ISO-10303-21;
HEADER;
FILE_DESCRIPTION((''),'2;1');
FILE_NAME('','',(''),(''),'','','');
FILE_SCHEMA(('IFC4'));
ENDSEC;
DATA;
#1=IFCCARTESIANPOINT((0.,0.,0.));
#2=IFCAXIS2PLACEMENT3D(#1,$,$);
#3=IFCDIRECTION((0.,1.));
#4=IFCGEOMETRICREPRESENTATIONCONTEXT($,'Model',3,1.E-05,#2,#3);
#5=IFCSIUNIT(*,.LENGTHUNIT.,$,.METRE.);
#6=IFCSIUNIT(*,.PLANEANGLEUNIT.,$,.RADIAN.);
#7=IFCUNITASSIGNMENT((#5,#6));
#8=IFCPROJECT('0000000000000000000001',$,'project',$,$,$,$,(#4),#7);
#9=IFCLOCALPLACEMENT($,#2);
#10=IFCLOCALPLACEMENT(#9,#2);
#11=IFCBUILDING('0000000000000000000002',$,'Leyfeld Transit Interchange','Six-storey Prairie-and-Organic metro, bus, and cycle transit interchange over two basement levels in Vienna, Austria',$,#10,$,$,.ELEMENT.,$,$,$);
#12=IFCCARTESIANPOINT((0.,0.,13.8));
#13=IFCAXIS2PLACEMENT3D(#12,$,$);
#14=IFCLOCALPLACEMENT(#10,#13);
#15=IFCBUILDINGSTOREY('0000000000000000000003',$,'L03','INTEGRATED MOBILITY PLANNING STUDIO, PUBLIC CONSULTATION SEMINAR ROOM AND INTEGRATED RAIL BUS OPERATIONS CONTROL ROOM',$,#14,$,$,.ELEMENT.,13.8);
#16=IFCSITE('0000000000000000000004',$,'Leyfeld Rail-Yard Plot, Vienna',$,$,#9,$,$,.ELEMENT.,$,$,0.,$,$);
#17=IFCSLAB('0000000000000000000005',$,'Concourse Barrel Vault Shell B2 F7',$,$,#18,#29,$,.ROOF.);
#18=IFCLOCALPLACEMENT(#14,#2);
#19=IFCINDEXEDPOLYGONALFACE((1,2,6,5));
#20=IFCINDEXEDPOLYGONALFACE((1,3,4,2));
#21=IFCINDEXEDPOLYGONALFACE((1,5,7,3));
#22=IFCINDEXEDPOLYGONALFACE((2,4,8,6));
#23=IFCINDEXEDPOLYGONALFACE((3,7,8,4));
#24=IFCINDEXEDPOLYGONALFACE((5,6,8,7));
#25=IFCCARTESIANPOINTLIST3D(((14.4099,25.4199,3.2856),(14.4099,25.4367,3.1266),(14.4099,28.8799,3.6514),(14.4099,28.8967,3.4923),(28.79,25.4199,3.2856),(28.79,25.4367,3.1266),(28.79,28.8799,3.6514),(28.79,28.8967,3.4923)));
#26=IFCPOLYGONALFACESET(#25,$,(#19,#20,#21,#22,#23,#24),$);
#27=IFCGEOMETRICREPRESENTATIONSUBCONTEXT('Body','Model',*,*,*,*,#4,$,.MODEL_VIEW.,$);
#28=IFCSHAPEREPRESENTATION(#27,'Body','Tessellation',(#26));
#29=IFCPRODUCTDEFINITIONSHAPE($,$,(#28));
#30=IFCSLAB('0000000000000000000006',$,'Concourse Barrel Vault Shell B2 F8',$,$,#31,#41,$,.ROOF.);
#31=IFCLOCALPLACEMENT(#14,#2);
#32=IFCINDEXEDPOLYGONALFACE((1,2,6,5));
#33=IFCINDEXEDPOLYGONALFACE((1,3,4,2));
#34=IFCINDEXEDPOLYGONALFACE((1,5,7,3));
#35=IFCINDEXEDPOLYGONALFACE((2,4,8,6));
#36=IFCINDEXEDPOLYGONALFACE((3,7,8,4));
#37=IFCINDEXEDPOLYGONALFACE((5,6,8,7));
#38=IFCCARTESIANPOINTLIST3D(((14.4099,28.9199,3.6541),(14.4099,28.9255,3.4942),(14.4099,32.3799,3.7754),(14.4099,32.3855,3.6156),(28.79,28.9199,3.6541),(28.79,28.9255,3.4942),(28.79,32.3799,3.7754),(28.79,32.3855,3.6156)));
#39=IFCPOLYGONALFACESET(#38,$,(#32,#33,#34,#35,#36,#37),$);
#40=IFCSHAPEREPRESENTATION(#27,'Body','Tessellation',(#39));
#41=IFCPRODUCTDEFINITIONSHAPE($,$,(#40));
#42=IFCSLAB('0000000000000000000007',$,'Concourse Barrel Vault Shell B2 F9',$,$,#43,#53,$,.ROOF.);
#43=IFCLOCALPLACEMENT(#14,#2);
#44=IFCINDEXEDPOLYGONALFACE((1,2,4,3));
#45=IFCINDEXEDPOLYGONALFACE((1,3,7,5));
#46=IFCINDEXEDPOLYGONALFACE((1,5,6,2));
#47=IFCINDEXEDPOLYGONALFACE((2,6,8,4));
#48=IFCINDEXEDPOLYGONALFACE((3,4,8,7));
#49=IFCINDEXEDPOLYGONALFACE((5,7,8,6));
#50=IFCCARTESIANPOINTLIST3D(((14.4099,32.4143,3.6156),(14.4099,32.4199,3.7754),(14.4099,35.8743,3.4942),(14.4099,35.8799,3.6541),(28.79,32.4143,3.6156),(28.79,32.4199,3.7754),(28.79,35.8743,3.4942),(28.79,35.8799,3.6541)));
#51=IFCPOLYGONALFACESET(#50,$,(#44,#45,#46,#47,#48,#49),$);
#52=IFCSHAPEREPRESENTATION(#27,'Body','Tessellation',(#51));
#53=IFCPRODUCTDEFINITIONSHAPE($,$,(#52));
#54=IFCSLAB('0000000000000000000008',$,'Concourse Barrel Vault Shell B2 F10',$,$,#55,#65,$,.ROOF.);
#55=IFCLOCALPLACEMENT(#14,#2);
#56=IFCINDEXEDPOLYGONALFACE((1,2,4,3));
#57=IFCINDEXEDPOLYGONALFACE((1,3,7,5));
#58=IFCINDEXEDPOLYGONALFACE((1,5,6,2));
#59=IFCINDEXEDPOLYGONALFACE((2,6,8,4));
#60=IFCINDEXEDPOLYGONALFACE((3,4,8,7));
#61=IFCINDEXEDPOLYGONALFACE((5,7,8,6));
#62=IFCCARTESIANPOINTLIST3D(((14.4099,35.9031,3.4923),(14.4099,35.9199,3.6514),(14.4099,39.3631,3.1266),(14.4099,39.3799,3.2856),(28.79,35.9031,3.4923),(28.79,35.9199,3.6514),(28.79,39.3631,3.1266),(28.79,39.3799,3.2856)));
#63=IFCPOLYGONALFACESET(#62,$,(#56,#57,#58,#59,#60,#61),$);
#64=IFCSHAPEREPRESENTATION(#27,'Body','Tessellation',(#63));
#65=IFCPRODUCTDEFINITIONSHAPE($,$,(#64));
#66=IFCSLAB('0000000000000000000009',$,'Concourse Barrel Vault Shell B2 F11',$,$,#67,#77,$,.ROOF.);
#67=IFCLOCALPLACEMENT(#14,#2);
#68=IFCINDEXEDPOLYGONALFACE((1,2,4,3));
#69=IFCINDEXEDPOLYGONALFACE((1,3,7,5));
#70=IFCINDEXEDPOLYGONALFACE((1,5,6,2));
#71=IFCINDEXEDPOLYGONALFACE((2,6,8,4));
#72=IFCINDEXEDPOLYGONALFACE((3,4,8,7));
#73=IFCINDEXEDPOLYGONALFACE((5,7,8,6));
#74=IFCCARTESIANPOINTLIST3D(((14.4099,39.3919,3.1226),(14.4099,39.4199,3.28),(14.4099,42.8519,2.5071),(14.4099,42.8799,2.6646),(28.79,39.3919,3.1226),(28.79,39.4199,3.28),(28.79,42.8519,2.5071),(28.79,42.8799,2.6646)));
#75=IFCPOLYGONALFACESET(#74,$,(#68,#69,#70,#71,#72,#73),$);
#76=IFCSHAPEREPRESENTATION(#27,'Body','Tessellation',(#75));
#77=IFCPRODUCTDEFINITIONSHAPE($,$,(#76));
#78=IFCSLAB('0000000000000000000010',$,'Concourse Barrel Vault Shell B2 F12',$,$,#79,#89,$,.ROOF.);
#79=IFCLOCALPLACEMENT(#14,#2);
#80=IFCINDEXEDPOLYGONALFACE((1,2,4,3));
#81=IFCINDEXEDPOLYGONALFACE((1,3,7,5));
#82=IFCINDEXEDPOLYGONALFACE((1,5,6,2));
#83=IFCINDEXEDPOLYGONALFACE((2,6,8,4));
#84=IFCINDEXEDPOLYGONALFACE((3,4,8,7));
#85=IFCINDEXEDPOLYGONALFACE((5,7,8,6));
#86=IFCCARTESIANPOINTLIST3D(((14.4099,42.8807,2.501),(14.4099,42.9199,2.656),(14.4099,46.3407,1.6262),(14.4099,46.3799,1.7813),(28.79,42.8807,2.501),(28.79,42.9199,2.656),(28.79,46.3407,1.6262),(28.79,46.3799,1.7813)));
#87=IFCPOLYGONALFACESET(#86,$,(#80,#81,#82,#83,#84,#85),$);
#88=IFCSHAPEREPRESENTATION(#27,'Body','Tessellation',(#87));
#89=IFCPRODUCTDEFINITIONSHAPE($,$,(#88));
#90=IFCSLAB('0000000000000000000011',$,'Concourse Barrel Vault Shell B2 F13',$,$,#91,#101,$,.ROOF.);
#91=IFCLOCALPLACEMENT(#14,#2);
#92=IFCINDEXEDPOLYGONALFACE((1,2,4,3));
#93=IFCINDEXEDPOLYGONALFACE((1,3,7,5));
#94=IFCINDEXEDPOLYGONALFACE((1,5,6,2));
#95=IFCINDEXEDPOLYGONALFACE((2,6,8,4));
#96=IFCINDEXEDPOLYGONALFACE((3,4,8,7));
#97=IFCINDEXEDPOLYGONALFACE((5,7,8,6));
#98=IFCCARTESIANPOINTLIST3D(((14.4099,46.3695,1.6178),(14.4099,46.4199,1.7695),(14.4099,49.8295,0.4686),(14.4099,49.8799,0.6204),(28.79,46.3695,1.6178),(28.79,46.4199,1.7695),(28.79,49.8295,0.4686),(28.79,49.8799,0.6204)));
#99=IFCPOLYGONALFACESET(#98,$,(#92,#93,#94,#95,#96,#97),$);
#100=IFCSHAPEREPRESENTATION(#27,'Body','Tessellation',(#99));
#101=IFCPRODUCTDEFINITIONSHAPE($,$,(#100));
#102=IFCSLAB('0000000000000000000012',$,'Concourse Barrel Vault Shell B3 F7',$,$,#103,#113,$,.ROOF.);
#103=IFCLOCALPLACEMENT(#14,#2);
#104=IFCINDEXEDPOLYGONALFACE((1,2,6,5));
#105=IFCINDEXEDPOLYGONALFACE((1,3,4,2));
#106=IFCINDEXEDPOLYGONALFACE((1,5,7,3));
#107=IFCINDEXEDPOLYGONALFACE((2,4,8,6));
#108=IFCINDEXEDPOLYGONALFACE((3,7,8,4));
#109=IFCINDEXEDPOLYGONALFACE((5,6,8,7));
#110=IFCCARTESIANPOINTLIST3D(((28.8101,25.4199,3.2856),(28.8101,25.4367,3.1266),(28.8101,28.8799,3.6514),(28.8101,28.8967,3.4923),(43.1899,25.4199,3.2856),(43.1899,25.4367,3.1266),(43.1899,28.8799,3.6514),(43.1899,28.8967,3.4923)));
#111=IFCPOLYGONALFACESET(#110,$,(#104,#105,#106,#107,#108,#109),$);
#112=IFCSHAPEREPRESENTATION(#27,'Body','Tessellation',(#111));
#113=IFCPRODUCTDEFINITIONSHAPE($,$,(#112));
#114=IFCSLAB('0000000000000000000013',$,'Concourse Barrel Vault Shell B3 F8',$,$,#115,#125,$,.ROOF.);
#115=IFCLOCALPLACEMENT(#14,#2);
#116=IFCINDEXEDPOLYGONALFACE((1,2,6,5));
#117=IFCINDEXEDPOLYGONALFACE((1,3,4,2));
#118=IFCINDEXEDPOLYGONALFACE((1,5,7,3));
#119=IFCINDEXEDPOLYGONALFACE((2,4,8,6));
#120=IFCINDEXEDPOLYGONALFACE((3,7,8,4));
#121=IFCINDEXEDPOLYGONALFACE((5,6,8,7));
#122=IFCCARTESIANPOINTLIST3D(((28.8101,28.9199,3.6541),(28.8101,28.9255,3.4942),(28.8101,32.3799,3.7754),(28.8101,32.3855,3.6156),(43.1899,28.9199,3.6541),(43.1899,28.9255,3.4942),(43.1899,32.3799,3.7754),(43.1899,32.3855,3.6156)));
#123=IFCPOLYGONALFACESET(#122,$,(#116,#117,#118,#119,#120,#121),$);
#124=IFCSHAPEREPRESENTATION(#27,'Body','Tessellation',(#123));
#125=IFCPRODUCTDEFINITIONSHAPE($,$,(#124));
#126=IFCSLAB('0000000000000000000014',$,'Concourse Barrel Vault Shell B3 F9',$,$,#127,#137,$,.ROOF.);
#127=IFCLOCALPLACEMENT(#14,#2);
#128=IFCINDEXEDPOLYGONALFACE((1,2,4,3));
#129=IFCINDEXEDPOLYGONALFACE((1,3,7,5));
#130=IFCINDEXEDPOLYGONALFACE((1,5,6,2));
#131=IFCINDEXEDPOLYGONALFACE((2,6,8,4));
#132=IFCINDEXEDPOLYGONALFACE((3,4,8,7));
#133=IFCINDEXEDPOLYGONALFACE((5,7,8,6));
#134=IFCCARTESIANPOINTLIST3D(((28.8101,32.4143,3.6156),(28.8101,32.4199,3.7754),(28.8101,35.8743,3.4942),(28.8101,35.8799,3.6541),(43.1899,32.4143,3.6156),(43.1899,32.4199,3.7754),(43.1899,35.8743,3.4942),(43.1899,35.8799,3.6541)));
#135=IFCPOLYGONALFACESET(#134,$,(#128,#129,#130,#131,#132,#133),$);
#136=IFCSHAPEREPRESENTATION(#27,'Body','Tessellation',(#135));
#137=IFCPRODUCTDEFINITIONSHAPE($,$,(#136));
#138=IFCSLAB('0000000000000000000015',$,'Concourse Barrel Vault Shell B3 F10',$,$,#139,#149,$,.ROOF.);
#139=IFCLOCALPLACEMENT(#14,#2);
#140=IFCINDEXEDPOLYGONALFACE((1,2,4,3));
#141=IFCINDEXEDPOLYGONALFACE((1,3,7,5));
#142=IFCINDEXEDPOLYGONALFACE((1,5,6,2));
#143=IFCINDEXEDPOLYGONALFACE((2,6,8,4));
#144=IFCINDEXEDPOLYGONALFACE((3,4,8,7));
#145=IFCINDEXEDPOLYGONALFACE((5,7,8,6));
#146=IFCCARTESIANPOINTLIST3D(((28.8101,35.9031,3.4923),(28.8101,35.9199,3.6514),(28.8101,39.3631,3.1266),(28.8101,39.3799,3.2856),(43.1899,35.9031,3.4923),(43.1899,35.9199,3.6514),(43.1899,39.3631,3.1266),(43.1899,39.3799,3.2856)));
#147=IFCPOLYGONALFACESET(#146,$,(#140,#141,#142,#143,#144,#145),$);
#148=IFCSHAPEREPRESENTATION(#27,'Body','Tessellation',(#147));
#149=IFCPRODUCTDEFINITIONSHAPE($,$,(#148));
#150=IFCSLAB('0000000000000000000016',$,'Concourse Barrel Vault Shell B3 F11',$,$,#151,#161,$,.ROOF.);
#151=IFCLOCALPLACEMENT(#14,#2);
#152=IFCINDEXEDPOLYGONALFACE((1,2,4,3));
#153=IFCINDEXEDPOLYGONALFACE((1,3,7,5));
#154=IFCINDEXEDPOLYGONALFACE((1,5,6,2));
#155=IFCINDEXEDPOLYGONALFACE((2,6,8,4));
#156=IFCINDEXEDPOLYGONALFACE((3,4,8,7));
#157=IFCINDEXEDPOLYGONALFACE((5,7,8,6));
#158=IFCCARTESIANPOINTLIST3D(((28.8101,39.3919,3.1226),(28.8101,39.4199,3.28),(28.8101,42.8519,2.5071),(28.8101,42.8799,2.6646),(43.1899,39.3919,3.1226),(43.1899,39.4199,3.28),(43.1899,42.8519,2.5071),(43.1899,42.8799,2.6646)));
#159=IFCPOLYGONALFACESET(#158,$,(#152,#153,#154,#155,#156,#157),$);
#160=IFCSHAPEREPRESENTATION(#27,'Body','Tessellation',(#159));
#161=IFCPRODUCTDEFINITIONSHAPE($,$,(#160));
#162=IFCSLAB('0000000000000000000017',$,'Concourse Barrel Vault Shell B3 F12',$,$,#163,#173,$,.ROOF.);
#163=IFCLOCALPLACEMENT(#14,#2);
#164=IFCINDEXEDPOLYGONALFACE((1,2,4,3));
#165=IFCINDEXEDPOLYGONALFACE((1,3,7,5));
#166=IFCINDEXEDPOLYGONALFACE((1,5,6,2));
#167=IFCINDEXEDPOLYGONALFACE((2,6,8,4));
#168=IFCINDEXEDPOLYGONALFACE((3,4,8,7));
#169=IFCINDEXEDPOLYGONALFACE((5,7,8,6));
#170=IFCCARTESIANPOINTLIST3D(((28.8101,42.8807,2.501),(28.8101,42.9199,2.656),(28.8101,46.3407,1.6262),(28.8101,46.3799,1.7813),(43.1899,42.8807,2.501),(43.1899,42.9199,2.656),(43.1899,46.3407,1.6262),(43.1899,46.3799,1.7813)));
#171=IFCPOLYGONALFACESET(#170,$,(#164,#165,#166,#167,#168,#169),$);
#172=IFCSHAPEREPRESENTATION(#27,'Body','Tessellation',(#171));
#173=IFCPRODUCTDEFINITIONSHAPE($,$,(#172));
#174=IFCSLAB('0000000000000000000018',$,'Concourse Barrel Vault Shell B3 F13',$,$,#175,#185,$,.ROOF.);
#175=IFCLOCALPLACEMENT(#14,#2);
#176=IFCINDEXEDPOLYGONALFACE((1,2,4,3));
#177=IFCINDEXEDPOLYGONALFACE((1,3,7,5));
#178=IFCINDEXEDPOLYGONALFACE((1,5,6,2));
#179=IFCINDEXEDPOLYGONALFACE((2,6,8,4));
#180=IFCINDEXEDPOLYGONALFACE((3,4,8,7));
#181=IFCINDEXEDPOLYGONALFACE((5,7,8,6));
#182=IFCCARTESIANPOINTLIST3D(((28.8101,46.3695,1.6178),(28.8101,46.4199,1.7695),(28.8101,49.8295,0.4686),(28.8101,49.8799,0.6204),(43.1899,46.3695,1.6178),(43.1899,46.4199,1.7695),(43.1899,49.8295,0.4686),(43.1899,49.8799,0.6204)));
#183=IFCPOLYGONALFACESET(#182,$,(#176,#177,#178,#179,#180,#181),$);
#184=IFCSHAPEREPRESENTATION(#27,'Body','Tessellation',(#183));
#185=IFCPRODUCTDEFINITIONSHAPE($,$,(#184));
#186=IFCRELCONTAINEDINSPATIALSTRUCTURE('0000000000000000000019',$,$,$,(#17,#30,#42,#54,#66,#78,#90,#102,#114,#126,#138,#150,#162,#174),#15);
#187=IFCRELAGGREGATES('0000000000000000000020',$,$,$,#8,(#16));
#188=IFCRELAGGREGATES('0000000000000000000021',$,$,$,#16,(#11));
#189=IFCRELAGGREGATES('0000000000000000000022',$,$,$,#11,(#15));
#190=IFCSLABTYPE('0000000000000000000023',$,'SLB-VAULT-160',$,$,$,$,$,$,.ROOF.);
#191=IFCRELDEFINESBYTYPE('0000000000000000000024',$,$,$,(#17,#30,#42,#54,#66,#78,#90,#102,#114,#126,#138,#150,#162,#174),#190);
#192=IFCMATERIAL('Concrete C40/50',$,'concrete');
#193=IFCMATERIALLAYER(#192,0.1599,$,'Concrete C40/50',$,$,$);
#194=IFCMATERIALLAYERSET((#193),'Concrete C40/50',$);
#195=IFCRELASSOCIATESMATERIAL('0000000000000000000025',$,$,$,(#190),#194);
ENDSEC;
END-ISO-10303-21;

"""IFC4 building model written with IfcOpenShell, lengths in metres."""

from ifc_helpers import new_model, si_unit, direction, frame, origin, place, context, subcontext, project, spatial, polyline, outline, extrude, material, layer, layer_set, type_object, element, save


model = new_model("IFC4")

# Units and contexts
model_context = context("Model", 3, precision=1e-05, world=origin(), true_north=direction((0.0, 1.0)))
body_context = subcontext(model_context, "Body", "Model", "MODEL_VIEW")
ifc_project = project(units=[si_unit("LENGTHUNIT", "METRE"), si_unit("PLANEANGLEUNIT", "RADIAN")], contexts=[model_context])

# Site, building, storey
site_placement = place(None, origin())
site = spatial("IfcSite", under=ifc_project, at=site_placement, Name="Leyfeld Rail-Yard Plot, Vienna", CompositionType="ELEMENT", RefElevation=0.0)
building_placement = place(site_placement, origin())
building = spatial("IfcBuilding", under=site, at=building_placement, Name="Leyfeld Transit Interchange", Description="Six-storey Prairie-and-Organic metro, bus, and cycle transit interchange over two basement levels in Vienna, Austria", CompositionType="ELEMENT")
storey_placement = place(building_placement, frame((0.0, 0.0, 13.8)))
storey = spatial("IfcBuildingStorey", under=building, at=storey_placement, Name="L03", Description="INTEGRATED MOBILITY PLANNING STUDIO, PUBLIC CONSULTATION SEMINAR ROOM AND INTEGRATED RAIL BUS OPERATIONS CONTROL ROOM", CompositionType="ELEMENT", Elevation=13.8)

# Slabs
ifc_material_1 = material(Name="Concrete C40/50", Category="concrete")
ifc_layer = layer(ifc_material_1, 0.1599, Name="Concrete C40/50")
ifc_layer_set = layer_set([ifc_layer], Name="Concrete C40/50")
slab_type = type_object("IfcSlabType", Name="SLB-VAULT-160", PredefinedType="ROOF", material=ifc_layer_set)
slab_1_placement = place(storey_placement, frame((14.4099, 25.4199, 3.2856), z_axis=(0.0, -0.105116, 0.99446), x_axis=(1.0, 0.0, 0.0)))
element("IfcSlab", 1, at=slab_1_placement, inside=storey, type_object=slab_type, Name="Concourse Barrel Vault Shell B2 F7", PredefinedType="ROOF", context=body_context, shape_type="SweptSolid", body=[
    extrude(outline(polyline([(0.0, 0.0), (14.3801, 0.0), (14.3801, 3.4792), (0.0, 3.4792), (0.0, 0.0)])), origin(), (0.0, 0.0, -1.0), 0.1599),
])
for number, where, z_axis, x_axis, name in (
    (2, (14.4099, 28.9199, 3.6541), (0.0, -0.035048, 0.999386), (1.0, 0.0, 0.0), "Concourse Barrel Vault Shell B2 F8"),
    (3, (14.4099, 32.4199, 3.7754), (0.0, 0.035048, 0.999386), (1.0, 0.0, 0.0), "Concourse Barrel Vault Shell B2 F9"),
):
    element("IfcSlab", number, at=place(storey_placement, frame(where, z_axis=z_axis, x_axis=x_axis)), inside=storey, type_object=slab_type, Name=name, PredefinedType="ROOF", context=body_context, shape_type="SweptSolid", body=[
        extrude(outline(polyline([(0.0, 0.0), (14.3801, 0.0), (14.3801, 3.4621), (0.0, 3.4621), (0.0, 0.0)])), origin(), (0.0, 0.0, -1.0), 0.1599),
    ])
slab_2_placement = place(storey_placement, frame((14.4099, 35.9199, 3.6514), z_axis=(0.0, 0.105116, 0.99446), x_axis=(1.0, 0.0, 0.0)))
element("IfcSlab", 4, at=slab_2_placement, inside=storey, type_object=slab_type, Name="Concourse Barrel Vault Shell B2 F10", PredefinedType="ROOF", context=body_context, shape_type="SweptSolid", body=[
    extrude(outline(polyline([(0.0, 0.0), (14.3801, 0.0), (14.3801, 3.4792), (0.0, 3.4792), (0.0, 0.0)])), origin(), (0.0, 0.0, -1.0), 0.1599),
])
slab_3_placement = place(storey_placement, frame((14.4099, 39.4199, 3.28), z_axis=(0.0, 0.175137, 0.984544), x_axis=(1.0, 0.0, 0.0)))
element("IfcSlab", 5, at=slab_3_placement, inside=storey, type_object=slab_type, Name="Concourse Barrel Vault Shell B2 F11", PredefinedType="ROOF", context=body_context, shape_type="SweptSolid", body=[
    extrude(outline(polyline([(0.0, 0.0), (14.3801, 0.0), (14.3801, 3.5143), (0.0, 3.5143), (0.0, 0.0)])), origin(), (0.0, 0.0, -1.0), 0.1599),
])
slab_4_placement = place(storey_placement, frame((14.4099, 42.9199, 2.656), z_axis=(0.0, 0.24511, 0.969495), x_axis=(1.0, 0.0, 0.0)))
element("IfcSlab", 6, at=slab_4_placement, inside=storey, type_object=slab_type, Name="Concourse Barrel Vault Shell B2 F12", PredefinedType="ROOF", context=body_context, shape_type="SweptSolid", body=[
    extrude(outline(polyline([(0.0, 0.0), (14.3801, 0.0), (14.3801, 3.5688), (0.0, 3.5688), (0.0, 0.0)])), origin(), (0.0, 0.0, -1.0), 0.1599),
])
slab_5_placement = place(storey_placement, frame((14.4099, 46.4199, 1.7695), z_axis=(0.0, 0.315203, 0.949024), x_axis=(1.0, 0.0, 0.0)))
element("IfcSlab", 7, at=slab_5_placement, inside=storey, type_object=slab_type, Name="Concourse Barrel Vault Shell B2 F13", PredefinedType="ROOF", context=body_context, shape_type="SweptSolid", body=[
    extrude(outline(polyline([(0.0, 0.0), (14.3801, 0.0), (14.3801, 3.6458), (0.0, 3.6458), (0.0, 0.0)])), origin(), (0.0, 0.0, -1.0), 0.1599),
])
slab_6_placement = place(storey_placement, frame((28.8101, 25.4199, 3.2856), z_axis=(0.0, -0.105116, 0.99446), x_axis=(1.0, 0.0, 0.0)))
element("IfcSlab", 8, at=slab_6_placement, inside=storey, type_object=slab_type, Name="Concourse Barrel Vault Shell B3 F7", PredefinedType="ROOF", context=body_context, shape_type="SweptSolid", body=[
    extrude(outline(polyline([(0.0, 0.0), (14.3799, 0.0), (14.3799, 3.4792), (0.0, 3.4792), (0.0, 0.0)])), origin(), (0.0, 0.0, -1.0), 0.1599),
])
for number, where, z_axis, x_axis, name in (
    (9, (28.8101, 28.9199, 3.6541), (0.0, -0.035048, 0.999386), (1.0, 0.0, 0.0), "Concourse Barrel Vault Shell B3 F8"),
    (10, (28.8101, 32.4199, 3.7754), (0.0, 0.035048, 0.999386), (1.0, 0.0, 0.0), "Concourse Barrel Vault Shell B3 F9"),
):
    element("IfcSlab", number, at=place(storey_placement, frame(where, z_axis=z_axis, x_axis=x_axis)), inside=storey, type_object=slab_type, Name=name, PredefinedType="ROOF", context=body_context, shape_type="SweptSolid", body=[
        extrude(outline(polyline([(0.0, 0.0), (14.3799, 0.0), (14.3799, 3.4621), (0.0, 3.4621), (0.0, 0.0)])), origin(), (0.0, 0.0, -1.0), 0.1599),
    ])
slab_7_placement = place(storey_placement, frame((28.8101, 35.9199, 3.6514), z_axis=(0.0, 0.105116, 0.99446), x_axis=(1.0, 0.0, 0.0)))
element("IfcSlab", 11, at=slab_7_placement, inside=storey, type_object=slab_type, Name="Concourse Barrel Vault Shell B3 F10", PredefinedType="ROOF", context=body_context, shape_type="SweptSolid", body=[
    extrude(outline(polyline([(0.0, 0.0), (14.3799, 0.0), (14.3799, 3.4792), (0.0, 3.4792), (0.0, 0.0)])), origin(), (0.0, 0.0, -1.0), 0.1599),
])
slab_8_placement = place(storey_placement, frame((28.8101, 39.4199, 3.28), z_axis=(0.0, 0.175137, 0.984544), x_axis=(1.0, 0.0, 0.0)))
element("IfcSlab", 12, at=slab_8_placement, inside=storey, type_object=slab_type, Name="Concourse Barrel Vault Shell B3 F11", PredefinedType="ROOF", context=body_context, shape_type="SweptSolid", body=[
    extrude(outline(polyline([(0.0, 0.0), (14.3799, 0.0), (14.3799, 3.5143), (0.0, 3.5143), (0.0, 0.0)])), origin(), (0.0, 0.0, -1.0), 0.1599),
])
slab_9_placement = place(storey_placement, frame((28.8101, 42.9199, 2.656), z_axis=(0.0, 0.24511, 0.969495), x_axis=(1.0, 0.0, 0.0)))
element("IfcSlab", 13, at=slab_9_placement, inside=storey, type_object=slab_type, Name="Concourse Barrel Vault Shell B3 F12", PredefinedType="ROOF", context=body_context, shape_type="SweptSolid", body=[
    extrude(outline(polyline([(0.0, 0.0), (14.3799, 0.0), (14.3799, 3.5688), (0.0, 3.5688), (0.0, 0.0)])), origin(), (0.0, 0.0, -1.0), 0.1599),
])
slab_10_placement = place(storey_placement, frame((28.8101, 46.4199, 1.7695), z_axis=(0.0, 0.315203, 0.949024), x_axis=(1.0, 0.0, 0.0)))
element("IfcSlab", 14, at=slab_10_placement, inside=storey, type_object=slab_type, Name="Concourse Barrel Vault Shell B3 F13", PredefinedType="ROOF", context=body_context, shape_type="SweptSolid", body=[
    extrude(outline(polyline([(0.0, 0.0), (14.3799, 0.0), (14.3799, 3.6458), (0.0, 3.6458), (0.0, 0.0)])), origin(), (0.0, 0.0, -1.0), 0.1599),
])

save(model, "model.ifc")
